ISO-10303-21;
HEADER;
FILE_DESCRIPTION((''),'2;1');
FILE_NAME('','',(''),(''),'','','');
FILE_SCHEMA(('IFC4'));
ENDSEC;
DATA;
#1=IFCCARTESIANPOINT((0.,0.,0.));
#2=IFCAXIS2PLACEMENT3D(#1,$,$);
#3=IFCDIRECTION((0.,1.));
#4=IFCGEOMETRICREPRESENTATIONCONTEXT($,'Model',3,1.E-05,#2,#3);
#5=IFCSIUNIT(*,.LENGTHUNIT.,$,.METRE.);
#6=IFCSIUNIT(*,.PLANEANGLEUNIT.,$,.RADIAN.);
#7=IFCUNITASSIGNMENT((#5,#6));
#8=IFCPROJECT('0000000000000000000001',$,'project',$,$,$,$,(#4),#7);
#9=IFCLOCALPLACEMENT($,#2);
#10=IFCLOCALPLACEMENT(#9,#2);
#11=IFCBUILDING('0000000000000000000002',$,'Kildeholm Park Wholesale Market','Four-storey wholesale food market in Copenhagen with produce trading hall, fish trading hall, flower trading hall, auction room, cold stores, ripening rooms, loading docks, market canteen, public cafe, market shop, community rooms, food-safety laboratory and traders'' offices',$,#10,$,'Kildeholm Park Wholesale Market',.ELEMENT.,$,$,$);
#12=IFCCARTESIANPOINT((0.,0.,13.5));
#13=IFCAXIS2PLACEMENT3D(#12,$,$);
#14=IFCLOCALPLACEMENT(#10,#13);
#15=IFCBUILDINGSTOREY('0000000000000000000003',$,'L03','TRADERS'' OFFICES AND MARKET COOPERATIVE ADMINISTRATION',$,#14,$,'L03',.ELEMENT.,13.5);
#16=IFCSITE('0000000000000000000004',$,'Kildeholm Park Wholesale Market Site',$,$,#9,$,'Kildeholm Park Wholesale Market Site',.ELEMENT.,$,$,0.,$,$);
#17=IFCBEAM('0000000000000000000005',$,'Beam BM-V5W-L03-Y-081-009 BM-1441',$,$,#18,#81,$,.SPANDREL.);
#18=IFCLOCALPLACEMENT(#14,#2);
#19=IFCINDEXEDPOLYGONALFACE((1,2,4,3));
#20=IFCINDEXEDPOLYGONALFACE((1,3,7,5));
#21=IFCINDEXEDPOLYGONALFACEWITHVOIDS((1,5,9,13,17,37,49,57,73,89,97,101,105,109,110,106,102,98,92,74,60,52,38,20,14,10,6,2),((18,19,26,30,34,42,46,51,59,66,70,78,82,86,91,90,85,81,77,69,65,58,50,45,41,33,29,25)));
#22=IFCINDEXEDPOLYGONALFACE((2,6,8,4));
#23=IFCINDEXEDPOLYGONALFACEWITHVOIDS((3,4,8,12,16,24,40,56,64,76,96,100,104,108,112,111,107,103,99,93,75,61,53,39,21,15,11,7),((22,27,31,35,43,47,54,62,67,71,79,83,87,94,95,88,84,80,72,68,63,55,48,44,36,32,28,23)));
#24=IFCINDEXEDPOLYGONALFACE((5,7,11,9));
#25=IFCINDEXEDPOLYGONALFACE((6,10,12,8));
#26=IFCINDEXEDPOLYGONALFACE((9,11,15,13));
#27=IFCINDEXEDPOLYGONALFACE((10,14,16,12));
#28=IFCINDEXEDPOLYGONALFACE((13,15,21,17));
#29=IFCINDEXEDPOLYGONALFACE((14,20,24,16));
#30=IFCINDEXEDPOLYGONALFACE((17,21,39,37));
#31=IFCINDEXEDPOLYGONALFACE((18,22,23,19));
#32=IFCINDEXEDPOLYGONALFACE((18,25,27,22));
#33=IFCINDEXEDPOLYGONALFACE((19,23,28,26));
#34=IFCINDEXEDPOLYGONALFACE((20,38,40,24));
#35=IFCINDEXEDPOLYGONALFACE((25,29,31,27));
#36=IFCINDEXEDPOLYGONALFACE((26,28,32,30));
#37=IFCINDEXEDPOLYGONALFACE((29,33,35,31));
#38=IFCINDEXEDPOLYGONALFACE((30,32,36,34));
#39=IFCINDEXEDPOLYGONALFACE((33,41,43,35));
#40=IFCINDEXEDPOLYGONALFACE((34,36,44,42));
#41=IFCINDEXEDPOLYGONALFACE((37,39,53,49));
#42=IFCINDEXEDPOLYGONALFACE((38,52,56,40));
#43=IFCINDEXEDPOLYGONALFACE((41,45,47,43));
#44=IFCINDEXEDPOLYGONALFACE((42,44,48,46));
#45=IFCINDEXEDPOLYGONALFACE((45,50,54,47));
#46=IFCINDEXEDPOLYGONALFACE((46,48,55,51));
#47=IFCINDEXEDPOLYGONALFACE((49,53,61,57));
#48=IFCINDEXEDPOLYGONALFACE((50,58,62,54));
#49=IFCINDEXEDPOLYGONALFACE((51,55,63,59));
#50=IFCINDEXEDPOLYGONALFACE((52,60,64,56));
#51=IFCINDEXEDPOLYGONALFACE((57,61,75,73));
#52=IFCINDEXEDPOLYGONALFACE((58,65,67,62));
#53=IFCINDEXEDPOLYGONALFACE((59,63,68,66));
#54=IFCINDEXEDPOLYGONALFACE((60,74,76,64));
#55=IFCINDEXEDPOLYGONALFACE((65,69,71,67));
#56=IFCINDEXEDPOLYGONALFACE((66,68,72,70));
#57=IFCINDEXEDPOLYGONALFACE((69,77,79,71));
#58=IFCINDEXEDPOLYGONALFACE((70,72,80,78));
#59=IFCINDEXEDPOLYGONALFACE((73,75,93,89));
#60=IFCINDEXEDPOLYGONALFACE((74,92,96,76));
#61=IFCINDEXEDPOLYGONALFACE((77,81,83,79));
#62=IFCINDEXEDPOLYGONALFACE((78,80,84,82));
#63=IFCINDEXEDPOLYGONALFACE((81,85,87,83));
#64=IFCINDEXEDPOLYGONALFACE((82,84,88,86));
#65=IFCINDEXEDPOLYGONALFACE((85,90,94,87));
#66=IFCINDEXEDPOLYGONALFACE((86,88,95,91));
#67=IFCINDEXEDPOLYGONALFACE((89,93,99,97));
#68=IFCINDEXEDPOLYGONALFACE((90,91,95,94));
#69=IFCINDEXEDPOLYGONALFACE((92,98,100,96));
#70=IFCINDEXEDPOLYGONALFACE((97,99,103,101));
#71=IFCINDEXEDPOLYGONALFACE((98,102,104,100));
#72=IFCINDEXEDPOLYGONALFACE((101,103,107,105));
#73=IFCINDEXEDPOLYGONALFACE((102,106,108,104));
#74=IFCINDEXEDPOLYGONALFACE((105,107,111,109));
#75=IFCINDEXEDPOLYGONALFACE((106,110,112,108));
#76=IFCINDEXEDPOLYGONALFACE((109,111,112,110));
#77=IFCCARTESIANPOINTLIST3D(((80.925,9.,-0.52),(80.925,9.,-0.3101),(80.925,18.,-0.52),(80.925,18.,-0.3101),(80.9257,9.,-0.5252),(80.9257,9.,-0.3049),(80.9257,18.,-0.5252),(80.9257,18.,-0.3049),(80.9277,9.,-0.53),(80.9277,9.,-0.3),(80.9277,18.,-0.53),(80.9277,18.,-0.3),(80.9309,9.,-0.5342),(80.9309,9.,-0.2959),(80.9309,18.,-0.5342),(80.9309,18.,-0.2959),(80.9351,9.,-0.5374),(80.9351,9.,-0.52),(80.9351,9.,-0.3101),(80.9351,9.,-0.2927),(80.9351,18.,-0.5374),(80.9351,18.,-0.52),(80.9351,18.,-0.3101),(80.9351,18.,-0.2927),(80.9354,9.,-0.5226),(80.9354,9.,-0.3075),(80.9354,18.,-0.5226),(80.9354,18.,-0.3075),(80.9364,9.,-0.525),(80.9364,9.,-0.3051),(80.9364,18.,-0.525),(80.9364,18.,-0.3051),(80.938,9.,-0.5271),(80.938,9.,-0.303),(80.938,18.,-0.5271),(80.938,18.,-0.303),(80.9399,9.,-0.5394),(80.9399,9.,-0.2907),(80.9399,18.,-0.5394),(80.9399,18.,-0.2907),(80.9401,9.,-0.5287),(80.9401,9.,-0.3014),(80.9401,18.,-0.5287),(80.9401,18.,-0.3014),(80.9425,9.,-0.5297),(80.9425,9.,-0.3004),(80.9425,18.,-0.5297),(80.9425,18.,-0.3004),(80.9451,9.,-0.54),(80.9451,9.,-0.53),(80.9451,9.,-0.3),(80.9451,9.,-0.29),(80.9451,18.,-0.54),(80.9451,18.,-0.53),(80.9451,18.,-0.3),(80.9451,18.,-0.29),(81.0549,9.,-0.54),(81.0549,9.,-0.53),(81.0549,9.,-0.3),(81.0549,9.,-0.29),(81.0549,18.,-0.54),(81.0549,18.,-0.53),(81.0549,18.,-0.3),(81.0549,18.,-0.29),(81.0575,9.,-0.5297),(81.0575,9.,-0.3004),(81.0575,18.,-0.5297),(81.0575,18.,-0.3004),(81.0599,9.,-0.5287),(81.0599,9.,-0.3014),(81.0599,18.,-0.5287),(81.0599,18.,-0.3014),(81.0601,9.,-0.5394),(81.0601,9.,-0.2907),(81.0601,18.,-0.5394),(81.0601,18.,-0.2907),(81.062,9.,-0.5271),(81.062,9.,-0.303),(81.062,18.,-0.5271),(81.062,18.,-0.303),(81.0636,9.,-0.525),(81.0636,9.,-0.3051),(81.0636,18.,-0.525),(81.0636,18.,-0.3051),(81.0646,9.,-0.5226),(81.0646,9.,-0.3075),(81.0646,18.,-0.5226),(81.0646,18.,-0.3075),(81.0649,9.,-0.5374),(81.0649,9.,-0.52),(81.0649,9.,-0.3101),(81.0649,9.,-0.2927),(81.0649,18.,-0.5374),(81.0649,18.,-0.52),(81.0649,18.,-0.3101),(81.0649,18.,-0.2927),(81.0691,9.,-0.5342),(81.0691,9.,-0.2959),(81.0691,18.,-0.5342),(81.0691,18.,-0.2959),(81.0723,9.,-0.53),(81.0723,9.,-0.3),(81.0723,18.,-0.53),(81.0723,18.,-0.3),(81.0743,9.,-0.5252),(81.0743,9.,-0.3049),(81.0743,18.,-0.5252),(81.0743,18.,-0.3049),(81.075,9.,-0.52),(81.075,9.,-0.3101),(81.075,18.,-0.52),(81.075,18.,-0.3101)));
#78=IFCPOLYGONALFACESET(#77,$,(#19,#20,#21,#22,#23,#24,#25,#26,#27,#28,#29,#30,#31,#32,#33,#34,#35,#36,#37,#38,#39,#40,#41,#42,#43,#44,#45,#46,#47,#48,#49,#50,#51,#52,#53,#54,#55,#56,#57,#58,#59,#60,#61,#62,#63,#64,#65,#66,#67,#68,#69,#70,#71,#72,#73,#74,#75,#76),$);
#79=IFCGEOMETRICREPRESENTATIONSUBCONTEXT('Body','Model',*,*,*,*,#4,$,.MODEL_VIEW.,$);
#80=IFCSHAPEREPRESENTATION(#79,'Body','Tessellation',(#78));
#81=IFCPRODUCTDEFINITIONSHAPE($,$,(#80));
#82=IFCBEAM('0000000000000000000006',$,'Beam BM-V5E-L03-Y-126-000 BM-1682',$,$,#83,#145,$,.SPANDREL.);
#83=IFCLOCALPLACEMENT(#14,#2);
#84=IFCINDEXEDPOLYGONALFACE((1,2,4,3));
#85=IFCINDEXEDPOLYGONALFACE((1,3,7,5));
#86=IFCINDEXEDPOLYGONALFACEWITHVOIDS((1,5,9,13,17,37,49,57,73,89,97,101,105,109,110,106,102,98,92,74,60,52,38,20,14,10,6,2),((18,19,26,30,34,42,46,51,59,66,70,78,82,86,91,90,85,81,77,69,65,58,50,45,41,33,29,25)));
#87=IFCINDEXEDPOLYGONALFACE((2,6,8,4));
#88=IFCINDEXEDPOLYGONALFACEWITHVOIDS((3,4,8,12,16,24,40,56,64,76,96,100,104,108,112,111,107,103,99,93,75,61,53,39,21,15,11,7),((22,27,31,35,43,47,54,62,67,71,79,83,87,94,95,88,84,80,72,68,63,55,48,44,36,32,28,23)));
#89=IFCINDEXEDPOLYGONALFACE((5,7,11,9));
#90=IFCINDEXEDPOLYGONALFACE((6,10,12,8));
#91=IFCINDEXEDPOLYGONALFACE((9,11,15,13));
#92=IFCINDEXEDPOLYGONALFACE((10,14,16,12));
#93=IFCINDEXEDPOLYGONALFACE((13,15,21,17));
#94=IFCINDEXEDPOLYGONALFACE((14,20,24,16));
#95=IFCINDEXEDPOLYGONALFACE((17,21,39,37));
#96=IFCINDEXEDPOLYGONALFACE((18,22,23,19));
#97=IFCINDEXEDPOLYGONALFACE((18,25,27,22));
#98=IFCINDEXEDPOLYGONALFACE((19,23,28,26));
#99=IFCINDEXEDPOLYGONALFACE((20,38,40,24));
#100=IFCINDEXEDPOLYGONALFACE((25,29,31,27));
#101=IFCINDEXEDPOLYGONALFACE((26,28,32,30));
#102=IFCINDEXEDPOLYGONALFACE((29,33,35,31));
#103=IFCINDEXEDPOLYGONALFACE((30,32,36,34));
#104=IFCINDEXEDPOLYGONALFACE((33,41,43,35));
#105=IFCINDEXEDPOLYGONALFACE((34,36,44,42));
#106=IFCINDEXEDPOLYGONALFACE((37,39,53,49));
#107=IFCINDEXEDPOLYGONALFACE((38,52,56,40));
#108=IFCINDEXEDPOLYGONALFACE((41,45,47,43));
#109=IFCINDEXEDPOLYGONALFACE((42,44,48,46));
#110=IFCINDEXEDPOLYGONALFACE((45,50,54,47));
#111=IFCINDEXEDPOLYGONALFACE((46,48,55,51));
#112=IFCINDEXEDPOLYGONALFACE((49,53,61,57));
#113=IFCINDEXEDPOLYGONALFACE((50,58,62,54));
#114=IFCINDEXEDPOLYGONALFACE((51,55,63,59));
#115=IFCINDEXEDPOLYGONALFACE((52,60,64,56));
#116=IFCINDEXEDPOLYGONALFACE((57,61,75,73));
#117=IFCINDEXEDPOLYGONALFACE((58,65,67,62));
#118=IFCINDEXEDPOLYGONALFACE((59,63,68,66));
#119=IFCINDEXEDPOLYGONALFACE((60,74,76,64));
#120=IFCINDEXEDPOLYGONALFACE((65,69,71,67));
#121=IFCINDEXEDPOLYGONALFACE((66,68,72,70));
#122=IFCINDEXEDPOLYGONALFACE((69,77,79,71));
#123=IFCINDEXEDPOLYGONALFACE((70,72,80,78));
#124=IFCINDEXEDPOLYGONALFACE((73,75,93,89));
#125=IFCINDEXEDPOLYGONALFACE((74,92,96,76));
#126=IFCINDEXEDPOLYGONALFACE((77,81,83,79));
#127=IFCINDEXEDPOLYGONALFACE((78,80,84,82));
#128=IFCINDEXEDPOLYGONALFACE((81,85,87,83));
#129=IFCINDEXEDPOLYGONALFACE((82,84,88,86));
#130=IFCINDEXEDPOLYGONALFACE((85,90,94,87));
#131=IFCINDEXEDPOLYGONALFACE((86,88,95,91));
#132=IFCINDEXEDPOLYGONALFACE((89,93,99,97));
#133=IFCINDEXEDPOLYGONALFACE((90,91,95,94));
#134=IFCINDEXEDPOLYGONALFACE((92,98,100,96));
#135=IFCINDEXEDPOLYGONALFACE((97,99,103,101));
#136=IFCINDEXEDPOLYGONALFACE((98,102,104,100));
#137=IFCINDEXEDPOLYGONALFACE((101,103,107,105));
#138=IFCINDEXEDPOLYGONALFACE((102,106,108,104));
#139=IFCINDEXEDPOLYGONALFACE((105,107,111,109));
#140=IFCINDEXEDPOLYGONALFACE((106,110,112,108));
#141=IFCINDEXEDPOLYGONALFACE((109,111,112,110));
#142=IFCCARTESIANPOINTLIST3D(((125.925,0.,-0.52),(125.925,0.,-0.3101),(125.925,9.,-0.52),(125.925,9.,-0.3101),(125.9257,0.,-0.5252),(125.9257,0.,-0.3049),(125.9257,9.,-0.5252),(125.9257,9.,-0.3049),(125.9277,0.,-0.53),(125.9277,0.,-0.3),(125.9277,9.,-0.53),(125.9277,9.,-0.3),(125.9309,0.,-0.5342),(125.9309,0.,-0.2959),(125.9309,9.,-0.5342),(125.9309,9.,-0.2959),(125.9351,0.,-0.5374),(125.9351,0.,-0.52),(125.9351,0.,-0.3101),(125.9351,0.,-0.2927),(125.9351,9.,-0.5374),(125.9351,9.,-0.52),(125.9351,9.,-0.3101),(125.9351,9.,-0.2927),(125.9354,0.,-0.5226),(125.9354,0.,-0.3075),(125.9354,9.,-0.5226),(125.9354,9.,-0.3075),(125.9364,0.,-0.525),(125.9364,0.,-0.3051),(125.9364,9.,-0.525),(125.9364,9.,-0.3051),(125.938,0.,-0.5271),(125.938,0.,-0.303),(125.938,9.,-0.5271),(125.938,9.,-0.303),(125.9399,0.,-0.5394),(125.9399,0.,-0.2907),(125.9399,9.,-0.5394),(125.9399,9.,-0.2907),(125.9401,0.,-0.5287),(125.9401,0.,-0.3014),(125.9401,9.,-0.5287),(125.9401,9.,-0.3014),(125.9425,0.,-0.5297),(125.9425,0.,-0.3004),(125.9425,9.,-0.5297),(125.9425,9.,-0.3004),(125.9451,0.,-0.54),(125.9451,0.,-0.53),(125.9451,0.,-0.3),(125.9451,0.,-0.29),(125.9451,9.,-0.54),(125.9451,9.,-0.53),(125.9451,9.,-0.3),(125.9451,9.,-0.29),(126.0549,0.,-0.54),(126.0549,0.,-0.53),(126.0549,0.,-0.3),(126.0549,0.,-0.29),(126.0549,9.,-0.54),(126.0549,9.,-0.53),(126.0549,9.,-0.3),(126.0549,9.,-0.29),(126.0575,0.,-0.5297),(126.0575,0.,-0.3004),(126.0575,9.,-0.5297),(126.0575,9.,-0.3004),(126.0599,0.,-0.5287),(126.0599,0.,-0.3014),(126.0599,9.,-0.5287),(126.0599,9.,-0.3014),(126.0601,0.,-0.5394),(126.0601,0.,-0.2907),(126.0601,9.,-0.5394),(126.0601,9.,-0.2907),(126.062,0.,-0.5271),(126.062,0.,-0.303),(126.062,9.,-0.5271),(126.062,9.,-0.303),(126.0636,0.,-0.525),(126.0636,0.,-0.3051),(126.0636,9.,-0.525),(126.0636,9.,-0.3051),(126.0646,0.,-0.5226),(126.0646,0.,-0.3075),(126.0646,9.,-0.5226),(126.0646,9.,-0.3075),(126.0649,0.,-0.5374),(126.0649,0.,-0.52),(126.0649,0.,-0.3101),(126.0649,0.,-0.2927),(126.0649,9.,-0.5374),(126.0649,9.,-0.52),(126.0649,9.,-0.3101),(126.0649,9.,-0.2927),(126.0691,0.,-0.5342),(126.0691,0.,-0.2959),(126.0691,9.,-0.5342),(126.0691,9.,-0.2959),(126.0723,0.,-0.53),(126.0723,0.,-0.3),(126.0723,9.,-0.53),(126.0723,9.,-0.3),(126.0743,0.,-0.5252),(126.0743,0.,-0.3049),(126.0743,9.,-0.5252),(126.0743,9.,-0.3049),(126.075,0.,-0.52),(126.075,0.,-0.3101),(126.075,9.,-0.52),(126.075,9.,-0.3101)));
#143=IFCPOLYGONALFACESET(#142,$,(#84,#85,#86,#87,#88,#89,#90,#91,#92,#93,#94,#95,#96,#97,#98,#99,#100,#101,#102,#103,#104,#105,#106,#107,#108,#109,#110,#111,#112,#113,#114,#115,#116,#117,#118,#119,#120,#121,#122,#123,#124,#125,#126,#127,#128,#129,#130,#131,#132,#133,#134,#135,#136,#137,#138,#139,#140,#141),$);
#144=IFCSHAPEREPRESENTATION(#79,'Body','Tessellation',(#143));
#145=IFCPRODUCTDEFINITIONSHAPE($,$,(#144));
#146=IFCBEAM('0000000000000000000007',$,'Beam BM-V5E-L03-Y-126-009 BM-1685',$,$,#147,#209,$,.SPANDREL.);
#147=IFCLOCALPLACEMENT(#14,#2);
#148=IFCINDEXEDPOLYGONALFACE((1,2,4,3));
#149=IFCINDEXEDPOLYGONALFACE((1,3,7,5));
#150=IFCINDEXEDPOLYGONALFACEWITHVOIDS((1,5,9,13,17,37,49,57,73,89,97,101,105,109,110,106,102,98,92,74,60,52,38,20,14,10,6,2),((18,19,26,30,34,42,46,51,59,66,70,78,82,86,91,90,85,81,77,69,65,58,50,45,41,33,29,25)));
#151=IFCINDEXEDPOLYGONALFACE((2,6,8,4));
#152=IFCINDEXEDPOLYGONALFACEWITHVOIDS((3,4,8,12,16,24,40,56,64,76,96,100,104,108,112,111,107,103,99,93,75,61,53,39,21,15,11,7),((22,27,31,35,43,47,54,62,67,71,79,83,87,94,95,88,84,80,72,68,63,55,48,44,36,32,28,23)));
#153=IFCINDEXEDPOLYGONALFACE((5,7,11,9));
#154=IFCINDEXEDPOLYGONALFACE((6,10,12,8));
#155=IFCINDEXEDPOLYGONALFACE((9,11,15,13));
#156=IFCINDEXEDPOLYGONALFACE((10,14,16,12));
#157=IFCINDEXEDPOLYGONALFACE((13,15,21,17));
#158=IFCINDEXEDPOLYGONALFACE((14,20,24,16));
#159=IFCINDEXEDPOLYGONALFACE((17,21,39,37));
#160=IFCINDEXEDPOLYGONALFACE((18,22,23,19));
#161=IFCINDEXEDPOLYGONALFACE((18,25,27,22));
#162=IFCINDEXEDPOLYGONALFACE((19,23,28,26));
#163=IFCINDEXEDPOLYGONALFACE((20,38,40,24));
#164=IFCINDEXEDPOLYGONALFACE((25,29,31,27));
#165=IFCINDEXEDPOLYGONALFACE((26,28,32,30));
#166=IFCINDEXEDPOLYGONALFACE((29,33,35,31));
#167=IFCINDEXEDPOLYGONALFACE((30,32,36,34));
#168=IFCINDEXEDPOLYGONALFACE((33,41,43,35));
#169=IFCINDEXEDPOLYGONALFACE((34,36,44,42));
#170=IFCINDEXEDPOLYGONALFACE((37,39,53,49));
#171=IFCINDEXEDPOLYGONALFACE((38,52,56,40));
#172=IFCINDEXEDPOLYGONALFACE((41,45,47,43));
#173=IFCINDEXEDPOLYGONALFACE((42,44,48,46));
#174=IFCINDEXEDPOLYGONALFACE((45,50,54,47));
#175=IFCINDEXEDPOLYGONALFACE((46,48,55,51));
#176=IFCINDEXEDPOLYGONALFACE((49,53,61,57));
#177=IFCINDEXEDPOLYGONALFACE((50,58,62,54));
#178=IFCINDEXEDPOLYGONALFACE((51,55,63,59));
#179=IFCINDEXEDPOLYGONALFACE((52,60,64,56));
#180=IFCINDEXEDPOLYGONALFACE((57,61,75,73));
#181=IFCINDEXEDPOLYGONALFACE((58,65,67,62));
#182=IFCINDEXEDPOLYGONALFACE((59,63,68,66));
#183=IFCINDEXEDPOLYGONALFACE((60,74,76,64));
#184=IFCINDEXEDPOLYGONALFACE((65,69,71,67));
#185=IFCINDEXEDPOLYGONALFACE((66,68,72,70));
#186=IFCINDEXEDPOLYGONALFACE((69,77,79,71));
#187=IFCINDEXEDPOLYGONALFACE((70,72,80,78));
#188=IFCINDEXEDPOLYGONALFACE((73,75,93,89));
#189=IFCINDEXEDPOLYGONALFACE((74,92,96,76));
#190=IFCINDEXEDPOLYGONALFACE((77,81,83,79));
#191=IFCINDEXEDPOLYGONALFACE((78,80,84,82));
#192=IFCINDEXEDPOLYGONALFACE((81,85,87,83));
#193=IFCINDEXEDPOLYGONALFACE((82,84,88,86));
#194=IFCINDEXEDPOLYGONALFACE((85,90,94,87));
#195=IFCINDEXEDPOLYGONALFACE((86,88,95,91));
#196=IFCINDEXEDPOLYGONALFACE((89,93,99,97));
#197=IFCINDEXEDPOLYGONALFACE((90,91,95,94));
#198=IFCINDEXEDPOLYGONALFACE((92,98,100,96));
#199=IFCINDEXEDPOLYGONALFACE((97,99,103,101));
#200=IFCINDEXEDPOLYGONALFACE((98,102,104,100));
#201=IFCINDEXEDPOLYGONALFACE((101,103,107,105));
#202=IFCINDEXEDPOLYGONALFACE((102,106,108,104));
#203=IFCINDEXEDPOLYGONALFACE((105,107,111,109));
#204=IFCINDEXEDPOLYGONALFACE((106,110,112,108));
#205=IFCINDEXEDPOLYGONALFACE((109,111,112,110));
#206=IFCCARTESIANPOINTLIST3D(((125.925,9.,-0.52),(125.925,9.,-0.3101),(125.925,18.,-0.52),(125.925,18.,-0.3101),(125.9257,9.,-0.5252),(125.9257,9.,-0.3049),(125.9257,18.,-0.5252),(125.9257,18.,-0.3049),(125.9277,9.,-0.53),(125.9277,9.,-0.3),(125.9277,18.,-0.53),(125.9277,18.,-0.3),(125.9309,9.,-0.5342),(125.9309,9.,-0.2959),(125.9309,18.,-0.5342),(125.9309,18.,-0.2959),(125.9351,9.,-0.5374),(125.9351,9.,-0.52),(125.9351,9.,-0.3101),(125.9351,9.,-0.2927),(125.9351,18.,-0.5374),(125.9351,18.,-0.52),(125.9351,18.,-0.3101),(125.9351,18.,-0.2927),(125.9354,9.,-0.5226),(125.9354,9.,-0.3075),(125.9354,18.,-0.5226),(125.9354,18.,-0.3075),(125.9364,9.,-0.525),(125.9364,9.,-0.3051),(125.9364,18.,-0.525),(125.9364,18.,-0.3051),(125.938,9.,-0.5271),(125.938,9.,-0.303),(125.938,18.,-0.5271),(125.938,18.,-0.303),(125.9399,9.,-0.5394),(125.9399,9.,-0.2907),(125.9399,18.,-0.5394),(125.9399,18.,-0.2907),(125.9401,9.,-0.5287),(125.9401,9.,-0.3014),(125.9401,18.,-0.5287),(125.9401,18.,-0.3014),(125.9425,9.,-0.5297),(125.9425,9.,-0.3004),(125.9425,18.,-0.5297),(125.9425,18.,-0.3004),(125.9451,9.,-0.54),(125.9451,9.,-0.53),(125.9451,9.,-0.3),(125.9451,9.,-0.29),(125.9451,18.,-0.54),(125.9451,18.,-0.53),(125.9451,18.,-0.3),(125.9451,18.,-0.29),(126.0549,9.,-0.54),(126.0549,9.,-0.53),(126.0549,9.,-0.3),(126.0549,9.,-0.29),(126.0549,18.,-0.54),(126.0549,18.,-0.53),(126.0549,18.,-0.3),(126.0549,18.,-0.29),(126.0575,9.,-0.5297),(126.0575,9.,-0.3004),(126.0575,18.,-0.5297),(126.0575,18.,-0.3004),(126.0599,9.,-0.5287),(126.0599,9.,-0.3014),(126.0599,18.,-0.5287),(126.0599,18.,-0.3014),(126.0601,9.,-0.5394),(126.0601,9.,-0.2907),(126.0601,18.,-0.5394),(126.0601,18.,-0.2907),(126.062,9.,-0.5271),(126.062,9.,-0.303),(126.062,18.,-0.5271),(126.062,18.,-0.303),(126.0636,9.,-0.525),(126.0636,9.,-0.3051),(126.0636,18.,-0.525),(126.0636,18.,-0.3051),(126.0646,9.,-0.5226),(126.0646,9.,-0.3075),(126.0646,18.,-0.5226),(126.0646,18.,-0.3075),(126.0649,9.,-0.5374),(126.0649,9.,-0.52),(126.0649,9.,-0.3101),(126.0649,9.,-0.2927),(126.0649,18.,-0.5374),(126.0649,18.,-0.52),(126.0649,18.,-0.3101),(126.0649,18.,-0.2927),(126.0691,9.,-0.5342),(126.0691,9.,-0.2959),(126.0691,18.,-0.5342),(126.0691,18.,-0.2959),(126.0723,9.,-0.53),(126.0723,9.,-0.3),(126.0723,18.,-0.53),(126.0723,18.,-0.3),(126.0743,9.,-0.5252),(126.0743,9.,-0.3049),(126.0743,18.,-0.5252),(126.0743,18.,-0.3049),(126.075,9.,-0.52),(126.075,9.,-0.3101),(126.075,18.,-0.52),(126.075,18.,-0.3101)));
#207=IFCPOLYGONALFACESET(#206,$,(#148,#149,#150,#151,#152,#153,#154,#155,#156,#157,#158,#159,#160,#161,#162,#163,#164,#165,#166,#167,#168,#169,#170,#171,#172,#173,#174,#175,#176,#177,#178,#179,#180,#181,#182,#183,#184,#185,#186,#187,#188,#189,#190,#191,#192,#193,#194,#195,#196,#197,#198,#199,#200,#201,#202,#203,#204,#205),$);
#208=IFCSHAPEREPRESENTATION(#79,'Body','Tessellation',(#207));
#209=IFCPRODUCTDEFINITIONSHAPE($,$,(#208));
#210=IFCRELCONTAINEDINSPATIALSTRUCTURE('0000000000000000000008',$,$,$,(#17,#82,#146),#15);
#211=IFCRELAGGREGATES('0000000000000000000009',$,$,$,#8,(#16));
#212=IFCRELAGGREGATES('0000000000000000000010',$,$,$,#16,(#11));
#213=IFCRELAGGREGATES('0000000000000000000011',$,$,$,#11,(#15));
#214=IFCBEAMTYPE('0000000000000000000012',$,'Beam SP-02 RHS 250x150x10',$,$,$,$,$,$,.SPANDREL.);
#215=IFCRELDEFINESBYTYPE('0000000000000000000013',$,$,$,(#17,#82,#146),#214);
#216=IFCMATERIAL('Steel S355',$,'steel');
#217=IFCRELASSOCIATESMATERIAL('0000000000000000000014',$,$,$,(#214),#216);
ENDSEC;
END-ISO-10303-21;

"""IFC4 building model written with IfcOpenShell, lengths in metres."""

from ifc_helpers import new_model, si_unit, direction, frame, origin, origin_2d, place, context, subcontext, project, spatial, hollow_rectangle, extrude, material, material_profile, profile_set, type_object, element, save


model = new_model("IFC4")

# Units and contexts
model_context = context("Model", 3, precision=1e-05, world=origin(), true_north=direction((0.0, 1.0)))
body_context = subcontext(model_context, "Body", "Model", "MODEL_VIEW")
ifc_project = project(units=[si_unit("LENGTHUNIT", "METRE"), si_unit("PLANEANGLEUNIT", "RADIAN")], contexts=[model_context])

# Site, building, storey
site_placement = place(None, origin())
site = spatial("IfcSite", under=ifc_project, at=site_placement, Name="Kildeholm Park Wholesale Market Site", LongName="Kildeholm Park Wholesale Market Site", CompositionType="ELEMENT", RefElevation=0.0)
building_placement = place(site_placement, origin())
building = spatial("IfcBuilding", under=site, at=building_placement, Name="Kildeholm Park Wholesale Market", Description="Four-storey wholesale food market in Copenhagen with produce trading hall, fish trading hall, flower trading hall, auction room, cold stores, ripening rooms, loading docks, market canteen, public cafe, market shop, community rooms, food-safety laboratory and traders' offices", LongName="Kildeholm Park Wholesale Market", CompositionType="ELEMENT")
storey_placement = place(building_placement, frame((0.0, 0.0, 13.5)))
storey = spatial("IfcBuildingStorey", under=building, at=storey_placement, Name="L03", Description="TRADERS' OFFICES AND MARKET COOPERATIVE ADMINISTRATION", LongName="L03", CompositionType="ELEMENT", Elevation=13.5)

# Shared definitions
ifc_material_1 = material(Name="Steel S355", Category="steel")

# Beams
ifc_material_profile_1 = material_profile(ifc_material_1, hollow_rectangle(XDim=0.1499, YDim=0.25, WallThickness=0.01, InnerFilletRadius=0.01, OuterFilletRadius=0.02, at=origin_2d()), Name="RHS 250x150x10")
ifc_profile_set_1 = profile_set([ifc_material_profile_1], Name="Steel S355")
beam_type_1 = type_object("IfcBeamType", Name="Beam SP-02 RHS 250x150x10", PredefinedType="SPANDREL", material=ifc_profile_set_1)
for number, where, z_axis, x_axis, name in (
    (1, (81.0, 9.0, -0.415), (0.0, 1.0, 0.0), (-1.0, 0.0, 0.0), "Beam BM-V5W-L03-Y-081-009 BM-1441"),
    (2, (126.0, 0.0, -0.415), (0.0, 1.0, 0.0), (-1.0, 0.0, 0.0), "Beam BM-V5E-L03-Y-126-000 BM-1682"),
    (3, (126.0, 9.0, -0.415), (0.0, 1.0, 0.0), (-1.0, 0.0, 0.0), "Beam BM-V5E-L03-Y-126-009 BM-1685"),
):
    element("IfcBeam", number, at=place(storey_placement, frame(where, z_axis=z_axis, x_axis=x_axis)), inside=storey, type_object=beam_type_1, Name=name, PredefinedType="SPANDREL", context=body_context, shape_type="SweptSolid", body=[
        extrude(hollow_rectangle(XDim=0.1499, YDim=0.25, WallThickness=0.01, InnerFilletRadius=0.01, OuterFilletRadius=0.02, at=origin_2d()), origin(), (0.0, 0.0, 1.0), 9.0),
    ])

save(model, "model.ifc")
